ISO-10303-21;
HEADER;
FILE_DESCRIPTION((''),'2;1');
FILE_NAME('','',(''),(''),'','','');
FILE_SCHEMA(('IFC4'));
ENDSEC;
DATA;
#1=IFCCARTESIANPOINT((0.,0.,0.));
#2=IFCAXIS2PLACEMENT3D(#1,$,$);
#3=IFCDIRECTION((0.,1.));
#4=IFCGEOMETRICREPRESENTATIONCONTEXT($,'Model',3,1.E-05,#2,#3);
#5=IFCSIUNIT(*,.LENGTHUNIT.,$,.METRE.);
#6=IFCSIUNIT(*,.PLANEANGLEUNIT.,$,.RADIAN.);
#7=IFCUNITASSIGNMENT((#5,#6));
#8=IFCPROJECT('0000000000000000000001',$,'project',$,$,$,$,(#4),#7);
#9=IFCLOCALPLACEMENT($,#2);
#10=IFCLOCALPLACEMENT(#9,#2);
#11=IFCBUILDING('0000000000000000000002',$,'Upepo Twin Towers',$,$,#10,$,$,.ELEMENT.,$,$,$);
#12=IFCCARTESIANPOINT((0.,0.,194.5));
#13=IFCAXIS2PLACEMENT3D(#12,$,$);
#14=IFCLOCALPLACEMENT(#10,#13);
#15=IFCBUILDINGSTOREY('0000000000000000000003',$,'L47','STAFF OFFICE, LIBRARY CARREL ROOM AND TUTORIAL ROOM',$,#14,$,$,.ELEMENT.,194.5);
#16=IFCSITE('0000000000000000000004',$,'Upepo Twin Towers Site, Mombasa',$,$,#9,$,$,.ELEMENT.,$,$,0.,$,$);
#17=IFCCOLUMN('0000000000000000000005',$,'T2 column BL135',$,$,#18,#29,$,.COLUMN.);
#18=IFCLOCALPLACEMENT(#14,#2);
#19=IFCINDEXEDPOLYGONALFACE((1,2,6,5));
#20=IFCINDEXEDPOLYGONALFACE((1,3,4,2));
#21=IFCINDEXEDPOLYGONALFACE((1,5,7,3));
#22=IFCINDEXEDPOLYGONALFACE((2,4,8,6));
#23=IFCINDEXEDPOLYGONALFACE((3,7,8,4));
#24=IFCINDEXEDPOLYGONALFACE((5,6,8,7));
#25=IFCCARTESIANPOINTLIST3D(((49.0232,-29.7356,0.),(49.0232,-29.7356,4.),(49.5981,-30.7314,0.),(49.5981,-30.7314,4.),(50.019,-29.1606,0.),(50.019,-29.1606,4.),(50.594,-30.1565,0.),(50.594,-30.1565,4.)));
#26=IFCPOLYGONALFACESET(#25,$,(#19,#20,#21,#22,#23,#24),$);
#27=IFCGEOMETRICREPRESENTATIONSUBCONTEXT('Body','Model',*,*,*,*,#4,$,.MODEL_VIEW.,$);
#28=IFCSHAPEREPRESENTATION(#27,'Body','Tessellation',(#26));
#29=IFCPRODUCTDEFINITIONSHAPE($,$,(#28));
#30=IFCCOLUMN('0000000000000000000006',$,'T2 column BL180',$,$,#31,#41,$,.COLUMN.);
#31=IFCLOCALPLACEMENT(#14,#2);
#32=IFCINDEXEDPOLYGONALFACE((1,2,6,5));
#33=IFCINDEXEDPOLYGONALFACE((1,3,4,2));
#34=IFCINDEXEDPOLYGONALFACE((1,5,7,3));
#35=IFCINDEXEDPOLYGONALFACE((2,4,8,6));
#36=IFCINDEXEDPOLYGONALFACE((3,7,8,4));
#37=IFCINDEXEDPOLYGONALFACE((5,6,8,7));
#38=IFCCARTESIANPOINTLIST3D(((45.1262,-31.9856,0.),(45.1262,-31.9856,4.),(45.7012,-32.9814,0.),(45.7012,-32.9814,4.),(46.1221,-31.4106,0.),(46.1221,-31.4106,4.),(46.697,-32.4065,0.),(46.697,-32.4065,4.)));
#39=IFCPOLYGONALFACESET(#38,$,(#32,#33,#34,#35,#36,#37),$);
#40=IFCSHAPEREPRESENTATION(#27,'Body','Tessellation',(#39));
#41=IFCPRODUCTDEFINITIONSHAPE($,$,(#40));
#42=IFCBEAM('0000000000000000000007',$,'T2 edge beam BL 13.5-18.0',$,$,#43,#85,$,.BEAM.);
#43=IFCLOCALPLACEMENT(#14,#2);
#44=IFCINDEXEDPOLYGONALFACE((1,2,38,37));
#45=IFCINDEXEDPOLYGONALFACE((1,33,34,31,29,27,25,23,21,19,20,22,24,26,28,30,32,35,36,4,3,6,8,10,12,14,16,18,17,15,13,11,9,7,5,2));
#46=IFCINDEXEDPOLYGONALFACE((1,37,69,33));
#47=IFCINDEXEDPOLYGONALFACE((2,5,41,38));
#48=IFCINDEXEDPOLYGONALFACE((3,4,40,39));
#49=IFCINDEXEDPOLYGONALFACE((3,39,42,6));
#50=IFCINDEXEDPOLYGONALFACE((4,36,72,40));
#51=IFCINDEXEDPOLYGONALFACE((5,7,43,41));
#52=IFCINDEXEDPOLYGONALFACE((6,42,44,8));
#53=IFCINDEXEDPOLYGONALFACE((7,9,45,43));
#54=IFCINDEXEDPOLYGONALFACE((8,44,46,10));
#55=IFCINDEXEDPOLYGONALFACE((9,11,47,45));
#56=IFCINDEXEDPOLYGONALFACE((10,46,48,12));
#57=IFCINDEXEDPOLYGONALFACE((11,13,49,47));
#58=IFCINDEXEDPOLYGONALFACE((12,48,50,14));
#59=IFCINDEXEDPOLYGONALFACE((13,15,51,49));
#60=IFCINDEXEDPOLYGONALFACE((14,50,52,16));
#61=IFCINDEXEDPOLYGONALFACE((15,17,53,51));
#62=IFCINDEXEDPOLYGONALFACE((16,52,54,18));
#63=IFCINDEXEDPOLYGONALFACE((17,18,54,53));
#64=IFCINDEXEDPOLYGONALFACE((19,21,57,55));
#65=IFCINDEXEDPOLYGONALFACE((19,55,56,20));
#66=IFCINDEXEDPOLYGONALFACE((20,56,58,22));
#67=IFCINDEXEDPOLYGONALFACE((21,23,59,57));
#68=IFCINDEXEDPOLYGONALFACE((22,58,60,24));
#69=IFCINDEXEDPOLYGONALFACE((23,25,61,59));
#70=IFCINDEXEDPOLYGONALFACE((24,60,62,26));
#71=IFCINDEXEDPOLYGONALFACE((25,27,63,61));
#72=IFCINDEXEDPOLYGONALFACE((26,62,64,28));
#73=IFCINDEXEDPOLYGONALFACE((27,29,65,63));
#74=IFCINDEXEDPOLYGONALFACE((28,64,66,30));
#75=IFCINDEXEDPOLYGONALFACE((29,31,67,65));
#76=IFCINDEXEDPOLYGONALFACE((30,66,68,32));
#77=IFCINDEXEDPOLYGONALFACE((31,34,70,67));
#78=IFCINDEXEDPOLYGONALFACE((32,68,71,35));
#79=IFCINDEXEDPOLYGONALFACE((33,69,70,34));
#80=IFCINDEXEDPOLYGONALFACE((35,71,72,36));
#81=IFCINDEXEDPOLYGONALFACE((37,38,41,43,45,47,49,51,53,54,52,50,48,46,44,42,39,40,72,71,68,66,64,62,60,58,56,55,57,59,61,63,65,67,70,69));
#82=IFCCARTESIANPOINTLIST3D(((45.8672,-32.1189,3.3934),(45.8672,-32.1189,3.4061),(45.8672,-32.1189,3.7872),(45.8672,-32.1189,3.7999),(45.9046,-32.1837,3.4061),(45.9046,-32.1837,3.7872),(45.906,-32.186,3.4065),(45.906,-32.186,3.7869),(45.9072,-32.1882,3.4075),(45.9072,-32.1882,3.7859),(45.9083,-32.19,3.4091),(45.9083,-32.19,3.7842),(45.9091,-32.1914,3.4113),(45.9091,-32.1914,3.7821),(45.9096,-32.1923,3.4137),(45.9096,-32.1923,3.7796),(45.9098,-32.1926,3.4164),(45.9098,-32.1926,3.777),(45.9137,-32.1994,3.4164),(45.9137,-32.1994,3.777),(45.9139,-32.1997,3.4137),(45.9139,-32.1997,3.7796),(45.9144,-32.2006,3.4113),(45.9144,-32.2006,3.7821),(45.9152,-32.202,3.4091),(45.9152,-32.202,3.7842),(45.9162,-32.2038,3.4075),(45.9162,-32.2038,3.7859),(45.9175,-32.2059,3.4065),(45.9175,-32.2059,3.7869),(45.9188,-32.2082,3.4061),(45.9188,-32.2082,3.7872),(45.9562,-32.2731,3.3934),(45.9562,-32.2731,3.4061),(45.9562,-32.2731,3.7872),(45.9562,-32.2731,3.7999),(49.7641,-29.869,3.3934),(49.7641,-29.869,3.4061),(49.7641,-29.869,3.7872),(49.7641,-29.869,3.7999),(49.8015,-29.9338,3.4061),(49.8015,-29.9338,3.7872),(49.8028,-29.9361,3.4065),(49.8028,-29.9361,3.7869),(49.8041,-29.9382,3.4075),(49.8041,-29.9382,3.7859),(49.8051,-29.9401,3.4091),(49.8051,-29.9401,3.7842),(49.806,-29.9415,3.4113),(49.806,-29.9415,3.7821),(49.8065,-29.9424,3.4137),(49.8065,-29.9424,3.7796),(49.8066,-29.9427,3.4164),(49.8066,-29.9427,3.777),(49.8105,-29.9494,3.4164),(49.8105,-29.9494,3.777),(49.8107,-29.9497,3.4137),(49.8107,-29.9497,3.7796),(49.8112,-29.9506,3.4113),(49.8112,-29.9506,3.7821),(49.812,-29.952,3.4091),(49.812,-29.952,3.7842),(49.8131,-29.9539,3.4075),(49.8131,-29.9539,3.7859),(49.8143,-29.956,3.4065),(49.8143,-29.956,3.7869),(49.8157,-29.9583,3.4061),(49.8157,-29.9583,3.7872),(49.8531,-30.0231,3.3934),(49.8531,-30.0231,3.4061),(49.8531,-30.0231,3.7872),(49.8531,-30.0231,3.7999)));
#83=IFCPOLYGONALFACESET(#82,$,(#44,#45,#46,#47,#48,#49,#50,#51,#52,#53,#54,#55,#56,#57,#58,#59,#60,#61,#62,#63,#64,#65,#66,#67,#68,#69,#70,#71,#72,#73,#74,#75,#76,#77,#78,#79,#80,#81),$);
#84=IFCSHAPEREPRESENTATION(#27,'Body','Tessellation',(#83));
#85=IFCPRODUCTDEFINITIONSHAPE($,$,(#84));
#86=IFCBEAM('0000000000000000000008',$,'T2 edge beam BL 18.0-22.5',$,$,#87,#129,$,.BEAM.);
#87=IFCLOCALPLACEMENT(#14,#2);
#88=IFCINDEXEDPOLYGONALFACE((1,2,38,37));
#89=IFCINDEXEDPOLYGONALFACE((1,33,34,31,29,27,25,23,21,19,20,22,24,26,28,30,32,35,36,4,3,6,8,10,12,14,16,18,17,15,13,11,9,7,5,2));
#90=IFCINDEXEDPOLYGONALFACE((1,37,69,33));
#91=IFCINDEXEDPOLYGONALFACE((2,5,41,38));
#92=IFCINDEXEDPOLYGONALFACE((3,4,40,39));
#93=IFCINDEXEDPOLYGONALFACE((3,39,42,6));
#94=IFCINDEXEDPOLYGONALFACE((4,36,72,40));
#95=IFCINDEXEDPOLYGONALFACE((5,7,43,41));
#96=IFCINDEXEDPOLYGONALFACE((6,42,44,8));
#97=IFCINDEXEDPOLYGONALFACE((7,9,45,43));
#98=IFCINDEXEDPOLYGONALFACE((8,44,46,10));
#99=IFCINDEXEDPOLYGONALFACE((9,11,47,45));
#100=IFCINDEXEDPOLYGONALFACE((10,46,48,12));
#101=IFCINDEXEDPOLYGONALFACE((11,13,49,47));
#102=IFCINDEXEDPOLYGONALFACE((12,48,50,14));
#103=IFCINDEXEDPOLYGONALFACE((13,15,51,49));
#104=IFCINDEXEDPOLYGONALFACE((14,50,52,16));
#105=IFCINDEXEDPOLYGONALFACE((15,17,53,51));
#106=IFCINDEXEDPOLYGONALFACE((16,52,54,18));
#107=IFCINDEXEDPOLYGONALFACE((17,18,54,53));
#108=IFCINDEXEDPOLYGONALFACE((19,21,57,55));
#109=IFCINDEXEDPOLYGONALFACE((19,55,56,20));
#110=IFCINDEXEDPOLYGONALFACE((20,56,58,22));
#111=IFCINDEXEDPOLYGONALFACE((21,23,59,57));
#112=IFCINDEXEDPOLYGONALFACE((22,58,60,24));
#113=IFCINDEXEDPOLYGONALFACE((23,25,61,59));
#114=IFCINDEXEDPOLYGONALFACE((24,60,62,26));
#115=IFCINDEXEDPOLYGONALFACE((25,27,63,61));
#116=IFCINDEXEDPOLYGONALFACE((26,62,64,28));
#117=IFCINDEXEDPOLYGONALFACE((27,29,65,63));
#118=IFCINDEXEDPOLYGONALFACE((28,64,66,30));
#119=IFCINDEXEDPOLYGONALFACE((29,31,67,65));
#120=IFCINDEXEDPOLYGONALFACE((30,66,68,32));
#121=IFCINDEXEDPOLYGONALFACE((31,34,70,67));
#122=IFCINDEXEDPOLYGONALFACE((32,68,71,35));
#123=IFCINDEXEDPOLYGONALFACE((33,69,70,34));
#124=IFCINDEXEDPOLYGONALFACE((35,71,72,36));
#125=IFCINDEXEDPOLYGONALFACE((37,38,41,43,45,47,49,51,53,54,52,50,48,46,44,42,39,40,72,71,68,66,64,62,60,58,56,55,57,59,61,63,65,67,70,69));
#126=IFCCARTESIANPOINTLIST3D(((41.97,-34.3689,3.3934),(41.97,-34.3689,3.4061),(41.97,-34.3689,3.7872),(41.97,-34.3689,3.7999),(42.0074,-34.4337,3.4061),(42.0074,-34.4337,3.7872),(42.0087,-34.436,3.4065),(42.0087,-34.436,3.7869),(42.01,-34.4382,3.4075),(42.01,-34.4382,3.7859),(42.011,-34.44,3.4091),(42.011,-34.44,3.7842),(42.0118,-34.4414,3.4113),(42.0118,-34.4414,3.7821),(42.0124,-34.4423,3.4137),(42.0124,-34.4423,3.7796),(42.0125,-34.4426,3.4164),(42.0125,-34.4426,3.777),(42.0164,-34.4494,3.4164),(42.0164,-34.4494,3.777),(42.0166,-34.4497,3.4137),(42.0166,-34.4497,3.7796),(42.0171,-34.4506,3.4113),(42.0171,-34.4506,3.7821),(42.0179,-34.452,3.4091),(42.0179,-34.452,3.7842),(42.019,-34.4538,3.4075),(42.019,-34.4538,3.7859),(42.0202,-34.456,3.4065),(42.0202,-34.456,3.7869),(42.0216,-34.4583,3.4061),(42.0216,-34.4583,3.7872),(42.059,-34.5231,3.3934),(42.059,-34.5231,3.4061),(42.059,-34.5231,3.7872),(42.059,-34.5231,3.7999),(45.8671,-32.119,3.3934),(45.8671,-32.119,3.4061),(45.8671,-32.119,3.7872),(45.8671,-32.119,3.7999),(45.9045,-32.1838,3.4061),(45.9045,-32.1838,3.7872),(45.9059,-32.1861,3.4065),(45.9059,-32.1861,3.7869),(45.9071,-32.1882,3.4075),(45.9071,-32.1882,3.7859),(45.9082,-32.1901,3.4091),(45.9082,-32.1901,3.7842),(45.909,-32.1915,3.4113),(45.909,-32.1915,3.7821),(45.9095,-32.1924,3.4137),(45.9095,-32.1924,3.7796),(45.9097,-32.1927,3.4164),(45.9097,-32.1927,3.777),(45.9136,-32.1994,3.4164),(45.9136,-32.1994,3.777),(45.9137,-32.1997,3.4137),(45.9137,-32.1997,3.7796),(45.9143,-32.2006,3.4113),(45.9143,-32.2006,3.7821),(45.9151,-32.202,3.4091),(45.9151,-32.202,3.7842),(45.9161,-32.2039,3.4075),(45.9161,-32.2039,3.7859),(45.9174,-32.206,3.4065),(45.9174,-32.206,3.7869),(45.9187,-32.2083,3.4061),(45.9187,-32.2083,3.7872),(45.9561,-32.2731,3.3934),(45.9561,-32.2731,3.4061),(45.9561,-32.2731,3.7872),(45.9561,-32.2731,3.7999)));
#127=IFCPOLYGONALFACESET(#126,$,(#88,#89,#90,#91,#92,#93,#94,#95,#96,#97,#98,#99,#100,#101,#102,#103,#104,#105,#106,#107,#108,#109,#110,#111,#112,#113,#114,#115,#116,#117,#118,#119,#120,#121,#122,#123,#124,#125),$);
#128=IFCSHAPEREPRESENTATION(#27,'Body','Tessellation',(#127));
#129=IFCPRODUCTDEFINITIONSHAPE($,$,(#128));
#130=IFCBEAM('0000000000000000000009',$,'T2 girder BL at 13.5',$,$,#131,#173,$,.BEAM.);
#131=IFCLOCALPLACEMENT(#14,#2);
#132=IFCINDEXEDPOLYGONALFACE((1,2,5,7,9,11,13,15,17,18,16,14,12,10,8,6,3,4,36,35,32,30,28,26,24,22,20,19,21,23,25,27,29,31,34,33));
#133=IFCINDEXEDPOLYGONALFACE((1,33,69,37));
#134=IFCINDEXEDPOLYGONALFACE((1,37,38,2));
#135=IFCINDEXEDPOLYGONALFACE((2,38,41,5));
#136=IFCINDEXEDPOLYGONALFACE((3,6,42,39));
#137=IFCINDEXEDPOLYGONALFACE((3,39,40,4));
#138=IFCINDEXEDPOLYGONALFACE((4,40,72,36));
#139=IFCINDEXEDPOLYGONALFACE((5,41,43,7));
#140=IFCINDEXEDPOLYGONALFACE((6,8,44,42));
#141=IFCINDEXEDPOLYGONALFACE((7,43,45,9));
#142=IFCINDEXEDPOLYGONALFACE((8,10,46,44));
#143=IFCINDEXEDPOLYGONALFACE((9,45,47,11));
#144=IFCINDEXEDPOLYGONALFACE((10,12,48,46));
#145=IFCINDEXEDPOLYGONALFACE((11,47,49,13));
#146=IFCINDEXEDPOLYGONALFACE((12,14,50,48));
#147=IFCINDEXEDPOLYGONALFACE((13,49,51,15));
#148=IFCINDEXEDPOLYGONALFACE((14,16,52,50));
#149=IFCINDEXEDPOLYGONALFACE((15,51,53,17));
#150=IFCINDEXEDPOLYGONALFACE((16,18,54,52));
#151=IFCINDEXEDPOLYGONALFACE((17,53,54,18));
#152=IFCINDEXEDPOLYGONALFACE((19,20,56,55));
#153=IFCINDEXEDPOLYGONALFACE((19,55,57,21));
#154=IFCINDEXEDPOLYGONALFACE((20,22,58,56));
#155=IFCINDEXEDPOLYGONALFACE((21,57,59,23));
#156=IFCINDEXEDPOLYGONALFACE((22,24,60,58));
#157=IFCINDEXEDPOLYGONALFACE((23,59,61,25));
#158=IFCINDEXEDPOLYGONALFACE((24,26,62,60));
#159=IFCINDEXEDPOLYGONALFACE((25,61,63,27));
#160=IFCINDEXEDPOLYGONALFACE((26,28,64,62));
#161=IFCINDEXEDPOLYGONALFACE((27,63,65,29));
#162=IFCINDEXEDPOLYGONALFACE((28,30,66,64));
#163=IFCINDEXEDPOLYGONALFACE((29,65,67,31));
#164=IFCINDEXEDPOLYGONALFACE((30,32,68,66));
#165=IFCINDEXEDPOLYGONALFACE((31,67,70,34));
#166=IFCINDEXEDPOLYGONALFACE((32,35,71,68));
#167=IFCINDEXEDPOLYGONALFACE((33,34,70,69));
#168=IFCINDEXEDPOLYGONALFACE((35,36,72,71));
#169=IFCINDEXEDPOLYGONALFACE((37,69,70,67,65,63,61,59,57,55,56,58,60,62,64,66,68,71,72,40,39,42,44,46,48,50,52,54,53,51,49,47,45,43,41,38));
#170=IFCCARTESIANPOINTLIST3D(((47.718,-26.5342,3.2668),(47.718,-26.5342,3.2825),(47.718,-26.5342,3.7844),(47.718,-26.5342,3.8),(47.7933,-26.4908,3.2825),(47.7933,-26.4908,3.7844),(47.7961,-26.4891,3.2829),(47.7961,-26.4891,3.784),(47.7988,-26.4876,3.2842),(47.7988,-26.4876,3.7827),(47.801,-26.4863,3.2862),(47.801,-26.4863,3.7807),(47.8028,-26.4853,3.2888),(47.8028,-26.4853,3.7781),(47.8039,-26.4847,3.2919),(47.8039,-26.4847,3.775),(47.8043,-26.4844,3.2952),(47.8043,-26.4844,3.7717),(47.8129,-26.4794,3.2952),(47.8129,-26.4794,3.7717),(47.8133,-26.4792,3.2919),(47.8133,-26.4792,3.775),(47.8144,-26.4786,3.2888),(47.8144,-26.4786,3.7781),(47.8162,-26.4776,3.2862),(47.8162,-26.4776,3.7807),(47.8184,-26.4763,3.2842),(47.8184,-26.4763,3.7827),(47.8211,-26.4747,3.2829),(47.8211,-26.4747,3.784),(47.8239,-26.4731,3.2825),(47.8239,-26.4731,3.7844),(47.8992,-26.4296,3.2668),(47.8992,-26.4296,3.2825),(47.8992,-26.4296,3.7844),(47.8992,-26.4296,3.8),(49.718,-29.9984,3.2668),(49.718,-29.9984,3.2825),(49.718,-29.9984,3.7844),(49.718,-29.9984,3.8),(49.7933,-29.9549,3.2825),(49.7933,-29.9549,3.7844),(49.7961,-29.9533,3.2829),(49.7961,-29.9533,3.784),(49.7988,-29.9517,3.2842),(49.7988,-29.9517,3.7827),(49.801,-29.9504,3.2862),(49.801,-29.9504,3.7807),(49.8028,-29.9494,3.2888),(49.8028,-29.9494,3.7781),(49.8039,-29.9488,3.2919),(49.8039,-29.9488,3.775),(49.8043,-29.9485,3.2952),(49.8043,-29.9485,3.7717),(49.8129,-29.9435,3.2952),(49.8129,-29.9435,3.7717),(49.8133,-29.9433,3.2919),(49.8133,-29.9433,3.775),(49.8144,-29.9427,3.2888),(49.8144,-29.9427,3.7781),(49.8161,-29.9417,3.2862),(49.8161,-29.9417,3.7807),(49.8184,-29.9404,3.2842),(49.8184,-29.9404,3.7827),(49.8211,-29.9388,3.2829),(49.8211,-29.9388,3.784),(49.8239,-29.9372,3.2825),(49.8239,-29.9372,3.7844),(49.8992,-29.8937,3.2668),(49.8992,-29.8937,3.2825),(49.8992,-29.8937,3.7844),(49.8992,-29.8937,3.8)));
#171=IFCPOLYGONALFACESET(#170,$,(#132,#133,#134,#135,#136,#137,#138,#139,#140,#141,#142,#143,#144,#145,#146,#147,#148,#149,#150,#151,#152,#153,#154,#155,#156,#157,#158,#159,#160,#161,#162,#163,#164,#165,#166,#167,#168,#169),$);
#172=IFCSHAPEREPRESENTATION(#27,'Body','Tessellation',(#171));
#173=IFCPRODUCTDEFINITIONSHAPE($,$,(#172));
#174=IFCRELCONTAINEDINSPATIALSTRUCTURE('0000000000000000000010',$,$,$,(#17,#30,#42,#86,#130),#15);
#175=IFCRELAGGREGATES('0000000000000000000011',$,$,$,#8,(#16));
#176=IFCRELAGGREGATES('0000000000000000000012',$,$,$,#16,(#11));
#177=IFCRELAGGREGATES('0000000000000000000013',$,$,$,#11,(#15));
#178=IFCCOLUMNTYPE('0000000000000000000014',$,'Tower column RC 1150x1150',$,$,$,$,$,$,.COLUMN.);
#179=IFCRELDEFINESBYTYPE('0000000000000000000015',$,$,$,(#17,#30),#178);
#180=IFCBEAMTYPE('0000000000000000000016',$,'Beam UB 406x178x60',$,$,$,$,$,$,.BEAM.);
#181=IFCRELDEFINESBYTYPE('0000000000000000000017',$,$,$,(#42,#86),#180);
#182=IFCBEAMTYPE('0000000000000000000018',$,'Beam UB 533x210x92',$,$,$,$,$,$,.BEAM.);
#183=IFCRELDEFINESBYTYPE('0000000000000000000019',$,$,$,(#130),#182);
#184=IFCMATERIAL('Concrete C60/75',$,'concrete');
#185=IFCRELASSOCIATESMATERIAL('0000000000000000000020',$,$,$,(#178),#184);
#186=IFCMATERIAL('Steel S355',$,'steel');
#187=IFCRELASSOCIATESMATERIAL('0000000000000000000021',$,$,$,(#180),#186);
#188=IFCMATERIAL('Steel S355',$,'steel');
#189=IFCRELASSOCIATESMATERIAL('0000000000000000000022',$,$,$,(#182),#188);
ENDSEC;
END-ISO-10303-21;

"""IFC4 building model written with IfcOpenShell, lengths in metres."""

from ifc_helpers import new_model, si_unit, direction, frame, origin, origin_2d, place, context, subcontext, project, spatial, rectangle, i_section, extrude, material, material_profile, profile_set, type_object, element, save


model = new_model("IFC4")

# Units and contexts
model_context = context("Model", 3, precision=1e-05, world=origin(), true_north=direction((0.0, 1.0)))
body_context = subcontext(model_context, "Body", "Model", "MODEL_VIEW")
ifc_project = project(units=[si_unit("LENGTHUNIT", "METRE"), si_unit("PLANEANGLEUNIT", "RADIAN")], contexts=[model_context])

# Site, building, storey
site_placement = place(None, origin())
site = spatial("IfcSite", under=ifc_project, at=site_placement, Name="Upepo Twin Towers Site, Mombasa", CompositionType="ELEMENT", RefElevation=0.0)
building_placement = place(site_placement, origin())
building = spatial("IfcBuilding", under=site, at=building_placement, Name="Upepo Twin Towers", CompositionType="ELEMENT")
storey_placement = place(building_placement, frame((0.0, 0.0, 194.5)))
storey = spatial("IfcBuildingStorey", under=building, at=storey_placement, Name="L47", Description="STAFF OFFICE, LIBRARY CARREL ROOM AND TUTORIAL ROOM", CompositionType="ELEMENT", Elevation=194.5)

# Columns
ifc_material_1 = material(Name="Concrete C60/75", Category="concrete")
ifc_material_profile_1 = material_profile(ifc_material_1, rectangle(XDim=1.1499, YDim=1.1499, at=origin_2d()), Name="RC 1150x1150")
ifc_profile_set_1 = profile_set([ifc_material_profile_1], Name="Concrete C60/75")
column_type = type_object("IfcColumnType", Name="Tower column RC 1150x1150", PredefinedType="COLUMN", material=ifc_profile_set_1)
for number, where, z_axis, x_axis, name in (
    (1, (49.8086, -29.946, 0.0), (0.0, 0.0, 1.0), (0.866025, 0.5, 0.0), "T2 column BL135"),
    (2, (45.9116, -32.196, 0.0), (0.0, 0.0, 1.0), (0.866025, 0.5, 0.0), "T2 column BL180"),
):
    element("IfcColumn", number, at=place(storey_placement, frame(where, z_axis=z_axis, x_axis=x_axis)), inside=storey, type_object=column_type, Name=name, PredefinedType="COLUMN", context=body_context, shape_type="SweptSolid", body=[
        extrude(rectangle(XDim=1.1499, YDim=1.1499, at=origin_2d()), origin(), (0.0, 0.0, 1.0), 4.0),
    ])

# Beams
ifc_material_2 = material(Name="Steel S355", Category="steel")
ifc_material_profile_2 = material_profile(ifc_material_2, i_section(OverallWidth=0.178, OverallDepth=0.4065, WebThickness=0.0078, FlangeThickness=0.0127, FilletRadius=0.0103, at=origin_2d()), Name="UB 406x178x60")
ifc_profile_set_2 = profile_set([ifc_material_profile_2], Name="Steel S355")
beam_type_1 = type_object("IfcBeamType", Name="Beam UB 406x178x60", PredefinedType="BEAM", material=ifc_profile_set_2)
beam_1_placement = place(storey_placement, frame((49.8086, -29.946, 3.5967), z_axis=(-0.866018, -0.500014, 0.0), x_axis=(0.500014, -0.866018, 0.0)))
element("IfcBeam", 3, at=beam_1_placement, inside=storey, type_object=beam_type_1, Name="T2 edge beam BL 13.5-18.0", PredefinedType="BEAM", context=body_context, shape_type="SweptSolid", body=[
    extrude(i_section(OverallWidth=0.178, OverallDepth=0.4065, WebThickness=0.0078, FlangeThickness=0.0127, FilletRadius=0.0103, at=origin_2d()), origin(), (0.0, 0.0, 1.0), 4.4998),
])
beam_2_placement = place(storey_placement, frame((45.9116, -32.196, 3.5967), z_axis=(-0.866031, -0.49999, 0.0), x_axis=(0.49999, -0.866031, 0.0)))
element("IfcBeam", 4, at=beam_2_placement, inside=storey, type_object=beam_type_1, Name="T2 edge beam BL 18.0-22.5", PredefinedType="BEAM", context=body_context, shape_type="SweptSolid", body=[
    extrude(i_section(OverallWidth=0.178, OverallDepth=0.4065, WebThickness=0.0078, FlangeThickness=0.0127, FilletRadius=0.0103, at=origin_2d()), origin(), (0.0, 0.0, 1.0), 4.5),
])
ifc_material_3 = material(Name="Steel S355", Category="steel")
ifc_material_profile_3 = material_profile(ifc_material_3, i_section(OverallWidth=0.2092, OverallDepth=0.5332, WebThickness=0.01, FlangeThickness=0.0156, FilletRadius=0.0127, at=origin_2d()), Name="UB 533x210x92")
ifc_profile_set_3 = profile_set([ifc_material_profile_3], Name="Steel S355")
beam_type_2 = type_object("IfcBeamType", Name="Beam UB 533x210x92", PredefinedType="BEAM", material=ifc_profile_set_3)
for number, where, z_axis, x_axis, name in (
    (5, (49.8086, -29.946, 3.5334), (-0.499999, 0.866026, 0.0), (-0.866026, -0.499999, 0.0), "T2 girder BL at 13.5"),
):
    element("IfcBeam", number, at=place(storey_placement, frame(where, z_axis=z_axis, x_axis=x_axis)), inside=storey, type_object=beam_type_2, Name=name, PredefinedType="BEAM", context=body_context, shape_type="SweptSolid", body=[
        extrude(i_section(OverallWidth=0.2092, OverallDepth=0.5332, WebThickness=0.01, FlangeThickness=0.0156, FilletRadius=0.0127, at=origin_2d()), origin(), (0.0, 0.0, 1.0), 4.0),
    ])

save(model, "model.ifc")
